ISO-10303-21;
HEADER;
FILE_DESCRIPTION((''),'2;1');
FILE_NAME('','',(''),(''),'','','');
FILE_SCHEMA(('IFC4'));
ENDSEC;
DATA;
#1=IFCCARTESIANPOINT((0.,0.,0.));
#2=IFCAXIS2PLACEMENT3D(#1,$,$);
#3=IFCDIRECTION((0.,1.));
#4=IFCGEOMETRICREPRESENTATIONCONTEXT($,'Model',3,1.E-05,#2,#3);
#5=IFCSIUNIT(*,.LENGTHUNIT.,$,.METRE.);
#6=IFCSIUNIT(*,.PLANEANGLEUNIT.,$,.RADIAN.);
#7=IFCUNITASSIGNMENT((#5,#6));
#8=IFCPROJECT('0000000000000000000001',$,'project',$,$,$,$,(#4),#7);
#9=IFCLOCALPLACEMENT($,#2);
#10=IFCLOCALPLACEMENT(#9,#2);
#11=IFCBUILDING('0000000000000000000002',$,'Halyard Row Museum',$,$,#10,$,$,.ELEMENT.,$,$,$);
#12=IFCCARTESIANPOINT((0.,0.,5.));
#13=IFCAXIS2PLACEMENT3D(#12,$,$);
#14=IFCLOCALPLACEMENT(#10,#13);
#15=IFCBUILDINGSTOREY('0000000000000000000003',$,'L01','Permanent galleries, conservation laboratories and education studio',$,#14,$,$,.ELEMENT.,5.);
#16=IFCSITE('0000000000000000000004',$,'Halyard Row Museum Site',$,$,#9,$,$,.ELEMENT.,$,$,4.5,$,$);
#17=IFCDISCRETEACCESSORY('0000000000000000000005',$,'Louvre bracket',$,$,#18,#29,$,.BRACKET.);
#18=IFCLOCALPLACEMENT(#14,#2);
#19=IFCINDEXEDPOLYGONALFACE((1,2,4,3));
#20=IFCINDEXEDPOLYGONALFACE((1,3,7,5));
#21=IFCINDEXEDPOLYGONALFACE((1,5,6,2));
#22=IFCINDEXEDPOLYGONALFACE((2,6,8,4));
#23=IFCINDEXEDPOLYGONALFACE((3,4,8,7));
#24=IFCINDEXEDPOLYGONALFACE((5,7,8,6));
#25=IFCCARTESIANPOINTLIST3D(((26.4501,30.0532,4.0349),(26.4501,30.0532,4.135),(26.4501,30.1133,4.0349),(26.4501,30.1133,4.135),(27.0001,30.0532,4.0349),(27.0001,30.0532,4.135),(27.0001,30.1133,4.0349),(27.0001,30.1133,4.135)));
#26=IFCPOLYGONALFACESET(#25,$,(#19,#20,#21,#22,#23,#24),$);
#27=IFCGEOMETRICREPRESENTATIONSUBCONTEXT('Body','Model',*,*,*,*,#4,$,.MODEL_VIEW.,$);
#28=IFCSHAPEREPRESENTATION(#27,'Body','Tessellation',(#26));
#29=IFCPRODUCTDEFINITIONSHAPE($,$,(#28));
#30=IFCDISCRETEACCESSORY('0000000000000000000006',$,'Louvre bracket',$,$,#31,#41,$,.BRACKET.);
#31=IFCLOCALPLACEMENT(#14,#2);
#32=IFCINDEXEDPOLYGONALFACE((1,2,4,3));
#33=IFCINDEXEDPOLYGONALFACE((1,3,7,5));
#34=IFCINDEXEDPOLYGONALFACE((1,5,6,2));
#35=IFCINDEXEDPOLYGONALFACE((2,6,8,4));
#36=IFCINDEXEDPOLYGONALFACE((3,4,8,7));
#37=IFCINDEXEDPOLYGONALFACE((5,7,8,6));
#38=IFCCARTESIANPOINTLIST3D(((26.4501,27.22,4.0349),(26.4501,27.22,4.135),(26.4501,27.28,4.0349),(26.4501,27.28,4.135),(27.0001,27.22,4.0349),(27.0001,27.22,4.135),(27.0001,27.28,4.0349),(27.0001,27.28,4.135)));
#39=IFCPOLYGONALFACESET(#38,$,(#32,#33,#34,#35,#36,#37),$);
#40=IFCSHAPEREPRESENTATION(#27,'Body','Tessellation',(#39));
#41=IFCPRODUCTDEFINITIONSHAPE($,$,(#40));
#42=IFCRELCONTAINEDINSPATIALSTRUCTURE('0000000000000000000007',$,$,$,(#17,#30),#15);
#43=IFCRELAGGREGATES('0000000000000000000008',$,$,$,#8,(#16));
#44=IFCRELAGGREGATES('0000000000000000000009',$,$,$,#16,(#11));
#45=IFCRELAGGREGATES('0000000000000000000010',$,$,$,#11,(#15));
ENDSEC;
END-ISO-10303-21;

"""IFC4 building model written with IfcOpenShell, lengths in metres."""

from ifc_helpers import new_model, si_unit, direction, frame, origin, origin_2d, place, context, subcontext, project, spatial, rectangle, extrude, element, save


model = new_model("IFC4")

# Units and contexts
model_context = context("Model", 3, precision=1e-05, world=origin(), true_north=direction((0.0, 1.0)))
body_context = subcontext(model_context, "Body", "Model", "MODEL_VIEW")
ifc_project = project(units=[si_unit("LENGTHUNIT", "METRE"), si_unit("PLANEANGLEUNIT", "RADIAN")], contexts=[model_context])

# Site, building, storey
site_placement = place(None, origin())
site = spatial("IfcSite", under=ifc_project, at=site_placement, Name="Halyard Row Museum Site", CompositionType="ELEMENT", RefElevation=4.5)
building_placement = place(site_placement, origin())
building = spatial("IfcBuilding", under=site, at=building_placement, Name="Halyard Row Museum", CompositionType="ELEMENT")
storey_placement = place(building_placement, frame((0.0, 0.0, 5.0)))
storey = spatial("IfcBuildingStorey", under=building, at=storey_placement, Name="L01", Description="Permanent galleries, conservation laboratories and education studio", CompositionType="ELEMENT", Elevation=5.0)

# Discrete accessories
for number, where, z_axis, x_axis, name in (
    (1, (26.7251, 30.0833, 4.0349), (0.0, 0.0, 1.0), (1.0, 0.0, 0.0), "Louvre bracket"),
    (2, (26.7251, 27.25, 4.0349), (0.0, 0.0, 1.0), (1.0, 0.0, 0.0), "Louvre bracket"),
):
    element("IfcDiscreteAccessory", number, at=place(storey_placement, frame(where, z_axis=z_axis, x_axis=x_axis)), inside=storey, Name=name, PredefinedType="BRACKET", context=body_context, shape_type="SweptSolid", body=[
        extrude(rectangle(XDim=0.55, YDim=0.0601, at=origin_2d()), origin(), (0.0, 0.0, 1.0), 0.1001),
    ])

save(model, "model.ifc")
